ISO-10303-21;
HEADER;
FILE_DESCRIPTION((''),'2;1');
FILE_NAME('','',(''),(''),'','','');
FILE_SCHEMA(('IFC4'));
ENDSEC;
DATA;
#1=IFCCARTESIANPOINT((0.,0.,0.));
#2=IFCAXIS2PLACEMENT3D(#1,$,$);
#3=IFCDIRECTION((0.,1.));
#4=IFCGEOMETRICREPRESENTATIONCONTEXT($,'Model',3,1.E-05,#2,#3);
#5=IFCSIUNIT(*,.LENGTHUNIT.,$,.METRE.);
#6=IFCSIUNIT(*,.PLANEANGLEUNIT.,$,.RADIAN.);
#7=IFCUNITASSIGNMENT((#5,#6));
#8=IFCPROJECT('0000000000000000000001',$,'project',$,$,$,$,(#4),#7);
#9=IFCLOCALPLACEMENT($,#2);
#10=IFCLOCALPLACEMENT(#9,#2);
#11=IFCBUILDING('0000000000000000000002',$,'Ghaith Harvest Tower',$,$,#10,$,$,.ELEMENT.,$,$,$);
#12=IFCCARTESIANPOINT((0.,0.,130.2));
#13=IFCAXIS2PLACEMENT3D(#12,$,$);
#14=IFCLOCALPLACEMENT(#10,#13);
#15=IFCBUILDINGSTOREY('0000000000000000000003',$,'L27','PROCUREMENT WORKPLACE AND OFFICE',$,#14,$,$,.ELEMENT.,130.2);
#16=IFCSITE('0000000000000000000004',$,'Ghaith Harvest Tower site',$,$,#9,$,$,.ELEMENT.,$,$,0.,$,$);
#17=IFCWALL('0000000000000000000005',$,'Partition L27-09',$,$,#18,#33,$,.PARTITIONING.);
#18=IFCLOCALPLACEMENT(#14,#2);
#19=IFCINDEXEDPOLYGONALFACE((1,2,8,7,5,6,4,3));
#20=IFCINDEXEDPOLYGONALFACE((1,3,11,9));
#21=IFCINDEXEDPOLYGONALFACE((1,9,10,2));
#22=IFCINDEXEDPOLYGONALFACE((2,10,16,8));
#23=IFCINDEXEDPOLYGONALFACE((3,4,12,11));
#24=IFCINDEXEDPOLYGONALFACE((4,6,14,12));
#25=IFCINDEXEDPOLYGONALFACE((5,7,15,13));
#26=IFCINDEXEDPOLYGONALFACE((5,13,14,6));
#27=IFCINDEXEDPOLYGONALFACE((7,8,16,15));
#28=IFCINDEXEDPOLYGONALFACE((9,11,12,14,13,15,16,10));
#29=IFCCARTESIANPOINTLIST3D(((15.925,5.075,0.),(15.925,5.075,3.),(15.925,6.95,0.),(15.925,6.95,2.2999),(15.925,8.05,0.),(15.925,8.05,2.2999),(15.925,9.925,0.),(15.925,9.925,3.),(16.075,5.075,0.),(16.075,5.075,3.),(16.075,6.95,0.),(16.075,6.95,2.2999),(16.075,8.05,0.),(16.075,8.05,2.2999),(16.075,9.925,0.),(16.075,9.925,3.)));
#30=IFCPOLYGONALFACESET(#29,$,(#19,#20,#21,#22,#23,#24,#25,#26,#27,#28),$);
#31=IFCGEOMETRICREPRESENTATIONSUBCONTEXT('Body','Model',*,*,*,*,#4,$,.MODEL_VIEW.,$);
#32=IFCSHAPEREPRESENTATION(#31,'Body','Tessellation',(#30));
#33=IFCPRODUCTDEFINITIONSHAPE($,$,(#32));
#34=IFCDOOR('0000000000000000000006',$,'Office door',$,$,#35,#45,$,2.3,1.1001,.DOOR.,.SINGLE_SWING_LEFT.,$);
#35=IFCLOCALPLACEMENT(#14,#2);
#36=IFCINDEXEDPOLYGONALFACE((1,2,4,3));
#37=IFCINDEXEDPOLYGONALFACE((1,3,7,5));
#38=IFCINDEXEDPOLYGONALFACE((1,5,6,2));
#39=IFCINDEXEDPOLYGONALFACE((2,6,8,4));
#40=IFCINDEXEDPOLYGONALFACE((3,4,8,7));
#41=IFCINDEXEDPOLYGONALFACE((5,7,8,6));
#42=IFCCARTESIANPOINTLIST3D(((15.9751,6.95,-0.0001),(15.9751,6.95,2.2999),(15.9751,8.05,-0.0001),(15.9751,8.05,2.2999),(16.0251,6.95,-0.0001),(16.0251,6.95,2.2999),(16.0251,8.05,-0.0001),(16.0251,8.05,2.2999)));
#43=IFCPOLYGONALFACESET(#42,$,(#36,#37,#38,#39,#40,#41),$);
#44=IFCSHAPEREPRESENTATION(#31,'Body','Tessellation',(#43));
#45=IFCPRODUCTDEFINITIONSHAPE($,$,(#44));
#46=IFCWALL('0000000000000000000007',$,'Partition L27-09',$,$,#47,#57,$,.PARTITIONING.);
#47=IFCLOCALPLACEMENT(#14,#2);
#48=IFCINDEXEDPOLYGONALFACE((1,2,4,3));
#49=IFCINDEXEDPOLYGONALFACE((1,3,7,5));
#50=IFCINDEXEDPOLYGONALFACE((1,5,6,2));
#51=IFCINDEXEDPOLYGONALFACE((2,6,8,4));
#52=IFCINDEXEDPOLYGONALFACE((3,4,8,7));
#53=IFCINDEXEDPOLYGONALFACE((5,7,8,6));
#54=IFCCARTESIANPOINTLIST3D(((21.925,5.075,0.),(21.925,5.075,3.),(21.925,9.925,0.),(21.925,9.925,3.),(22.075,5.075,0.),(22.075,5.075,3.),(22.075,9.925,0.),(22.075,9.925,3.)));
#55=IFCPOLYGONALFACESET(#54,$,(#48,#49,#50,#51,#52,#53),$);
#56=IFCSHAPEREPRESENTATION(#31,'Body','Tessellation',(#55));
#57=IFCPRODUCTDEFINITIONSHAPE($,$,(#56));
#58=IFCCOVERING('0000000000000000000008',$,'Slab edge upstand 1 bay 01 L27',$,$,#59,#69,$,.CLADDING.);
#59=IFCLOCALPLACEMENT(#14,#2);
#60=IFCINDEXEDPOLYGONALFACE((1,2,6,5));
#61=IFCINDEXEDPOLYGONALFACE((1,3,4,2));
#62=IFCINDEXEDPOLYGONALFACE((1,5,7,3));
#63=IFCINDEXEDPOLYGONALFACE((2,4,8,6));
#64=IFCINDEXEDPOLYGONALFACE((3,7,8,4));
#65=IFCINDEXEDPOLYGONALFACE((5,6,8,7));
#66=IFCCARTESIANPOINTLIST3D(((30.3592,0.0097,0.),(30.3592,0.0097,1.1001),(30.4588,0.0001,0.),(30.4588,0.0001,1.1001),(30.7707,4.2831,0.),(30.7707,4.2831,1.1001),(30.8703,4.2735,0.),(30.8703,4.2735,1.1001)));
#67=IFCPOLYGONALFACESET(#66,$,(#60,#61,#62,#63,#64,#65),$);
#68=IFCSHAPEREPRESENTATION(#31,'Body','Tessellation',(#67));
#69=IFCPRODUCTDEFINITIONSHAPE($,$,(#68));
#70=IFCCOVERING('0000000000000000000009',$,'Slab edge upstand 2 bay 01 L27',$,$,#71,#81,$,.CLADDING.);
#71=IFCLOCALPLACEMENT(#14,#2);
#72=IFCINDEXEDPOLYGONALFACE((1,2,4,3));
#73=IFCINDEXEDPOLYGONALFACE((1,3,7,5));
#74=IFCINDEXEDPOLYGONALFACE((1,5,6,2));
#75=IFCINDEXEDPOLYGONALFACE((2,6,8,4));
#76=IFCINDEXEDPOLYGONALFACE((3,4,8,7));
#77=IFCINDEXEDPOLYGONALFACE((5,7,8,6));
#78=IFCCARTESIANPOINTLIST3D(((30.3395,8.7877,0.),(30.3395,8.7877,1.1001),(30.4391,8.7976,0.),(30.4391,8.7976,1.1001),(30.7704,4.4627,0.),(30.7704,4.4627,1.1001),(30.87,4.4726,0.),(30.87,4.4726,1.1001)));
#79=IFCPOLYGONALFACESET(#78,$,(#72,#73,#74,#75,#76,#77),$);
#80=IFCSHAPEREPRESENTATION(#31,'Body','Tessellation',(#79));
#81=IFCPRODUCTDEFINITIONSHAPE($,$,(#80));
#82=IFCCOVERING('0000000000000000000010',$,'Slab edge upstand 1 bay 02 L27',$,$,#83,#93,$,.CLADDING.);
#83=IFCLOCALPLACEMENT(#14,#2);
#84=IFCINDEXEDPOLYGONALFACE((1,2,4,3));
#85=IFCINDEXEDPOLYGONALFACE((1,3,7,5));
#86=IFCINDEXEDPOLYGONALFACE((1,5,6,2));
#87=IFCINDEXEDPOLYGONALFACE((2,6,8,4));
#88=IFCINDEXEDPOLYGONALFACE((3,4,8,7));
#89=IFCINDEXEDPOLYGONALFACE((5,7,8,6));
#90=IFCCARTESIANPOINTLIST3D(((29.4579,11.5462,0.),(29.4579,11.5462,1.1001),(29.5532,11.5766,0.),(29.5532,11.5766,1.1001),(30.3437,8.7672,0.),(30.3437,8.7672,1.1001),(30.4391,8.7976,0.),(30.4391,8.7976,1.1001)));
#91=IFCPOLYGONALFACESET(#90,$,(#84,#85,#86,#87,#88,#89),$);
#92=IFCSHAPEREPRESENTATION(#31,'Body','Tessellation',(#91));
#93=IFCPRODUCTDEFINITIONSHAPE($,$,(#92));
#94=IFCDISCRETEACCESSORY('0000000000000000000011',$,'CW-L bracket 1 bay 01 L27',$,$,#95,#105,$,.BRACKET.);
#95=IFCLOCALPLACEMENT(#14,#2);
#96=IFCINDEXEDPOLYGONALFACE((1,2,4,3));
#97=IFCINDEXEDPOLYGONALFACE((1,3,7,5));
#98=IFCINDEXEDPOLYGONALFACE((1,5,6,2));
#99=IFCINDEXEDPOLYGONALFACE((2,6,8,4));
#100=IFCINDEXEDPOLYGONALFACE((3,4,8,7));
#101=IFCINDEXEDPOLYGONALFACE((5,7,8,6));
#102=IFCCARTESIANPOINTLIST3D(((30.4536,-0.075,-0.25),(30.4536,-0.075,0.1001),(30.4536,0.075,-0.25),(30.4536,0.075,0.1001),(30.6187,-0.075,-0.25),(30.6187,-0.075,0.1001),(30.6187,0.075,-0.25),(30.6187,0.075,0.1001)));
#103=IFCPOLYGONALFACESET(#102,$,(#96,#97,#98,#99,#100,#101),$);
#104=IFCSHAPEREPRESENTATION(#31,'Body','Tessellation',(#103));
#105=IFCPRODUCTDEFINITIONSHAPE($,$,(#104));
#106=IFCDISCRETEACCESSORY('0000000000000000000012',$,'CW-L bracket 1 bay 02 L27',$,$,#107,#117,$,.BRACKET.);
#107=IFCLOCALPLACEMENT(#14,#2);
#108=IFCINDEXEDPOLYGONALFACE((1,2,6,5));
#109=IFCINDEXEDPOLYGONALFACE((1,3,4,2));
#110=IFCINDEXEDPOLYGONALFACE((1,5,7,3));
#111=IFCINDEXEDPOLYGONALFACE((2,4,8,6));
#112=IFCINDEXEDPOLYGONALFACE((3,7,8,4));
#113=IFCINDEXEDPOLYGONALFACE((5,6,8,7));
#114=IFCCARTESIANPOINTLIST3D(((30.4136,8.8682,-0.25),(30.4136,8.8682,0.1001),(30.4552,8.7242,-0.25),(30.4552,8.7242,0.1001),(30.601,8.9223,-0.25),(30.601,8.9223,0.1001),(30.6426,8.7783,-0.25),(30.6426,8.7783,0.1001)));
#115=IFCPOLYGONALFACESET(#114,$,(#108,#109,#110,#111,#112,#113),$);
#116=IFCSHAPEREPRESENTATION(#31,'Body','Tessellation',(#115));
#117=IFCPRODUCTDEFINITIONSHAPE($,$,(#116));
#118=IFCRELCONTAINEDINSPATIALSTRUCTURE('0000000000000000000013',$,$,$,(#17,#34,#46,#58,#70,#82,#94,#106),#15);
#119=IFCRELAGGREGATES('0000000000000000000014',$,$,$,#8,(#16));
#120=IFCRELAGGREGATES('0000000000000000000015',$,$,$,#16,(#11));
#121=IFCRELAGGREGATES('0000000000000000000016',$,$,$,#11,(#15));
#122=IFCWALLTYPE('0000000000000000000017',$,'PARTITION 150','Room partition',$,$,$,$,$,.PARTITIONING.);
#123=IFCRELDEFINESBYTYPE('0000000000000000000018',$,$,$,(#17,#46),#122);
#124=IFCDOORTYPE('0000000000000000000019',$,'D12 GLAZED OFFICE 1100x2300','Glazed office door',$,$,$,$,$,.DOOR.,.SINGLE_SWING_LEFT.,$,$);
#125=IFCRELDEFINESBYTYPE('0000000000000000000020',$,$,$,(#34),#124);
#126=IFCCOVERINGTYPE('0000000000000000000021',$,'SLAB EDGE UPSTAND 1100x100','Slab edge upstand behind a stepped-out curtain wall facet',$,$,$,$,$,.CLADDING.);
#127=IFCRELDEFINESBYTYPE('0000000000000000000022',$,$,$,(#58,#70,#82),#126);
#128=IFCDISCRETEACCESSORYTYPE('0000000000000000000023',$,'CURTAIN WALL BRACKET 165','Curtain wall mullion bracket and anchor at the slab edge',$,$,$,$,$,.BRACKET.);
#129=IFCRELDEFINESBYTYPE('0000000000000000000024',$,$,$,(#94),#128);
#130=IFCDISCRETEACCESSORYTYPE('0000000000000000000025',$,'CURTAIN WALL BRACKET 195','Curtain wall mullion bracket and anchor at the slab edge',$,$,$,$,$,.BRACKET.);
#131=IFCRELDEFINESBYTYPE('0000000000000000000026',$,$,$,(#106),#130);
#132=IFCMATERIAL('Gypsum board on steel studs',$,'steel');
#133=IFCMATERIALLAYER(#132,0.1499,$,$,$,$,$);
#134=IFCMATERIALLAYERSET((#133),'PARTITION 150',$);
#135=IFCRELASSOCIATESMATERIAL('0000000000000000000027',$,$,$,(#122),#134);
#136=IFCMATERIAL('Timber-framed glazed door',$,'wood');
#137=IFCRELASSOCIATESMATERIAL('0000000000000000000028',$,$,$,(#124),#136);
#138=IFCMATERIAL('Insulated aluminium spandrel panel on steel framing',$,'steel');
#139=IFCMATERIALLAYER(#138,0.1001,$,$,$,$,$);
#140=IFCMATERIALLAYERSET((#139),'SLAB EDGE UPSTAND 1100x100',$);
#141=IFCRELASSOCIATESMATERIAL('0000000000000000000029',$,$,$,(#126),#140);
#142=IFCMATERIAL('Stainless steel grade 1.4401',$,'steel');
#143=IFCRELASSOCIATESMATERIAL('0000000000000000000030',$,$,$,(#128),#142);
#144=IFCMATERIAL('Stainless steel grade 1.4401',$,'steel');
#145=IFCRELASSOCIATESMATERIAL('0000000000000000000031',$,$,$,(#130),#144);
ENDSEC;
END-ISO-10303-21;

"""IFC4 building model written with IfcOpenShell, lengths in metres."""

from ifc_helpers import new_model, si_unit, direction, frame, frame_2d, origin, origin_2d, place, context, subcontext, project, spatial, rectangle, extrude, material, layer, layer_set, type_object, element, fill, save


model = new_model("IFC4")

# Units and contexts
model_context = context("Model", 3, precision=1e-05, world=origin(), true_north=direction((0.0, 1.0)))
body_context = subcontext(model_context, "Body", "Model", "MODEL_VIEW")
ifc_project = project(units=[si_unit("LENGTHUNIT", "METRE"), si_unit("PLANEANGLEUNIT", "RADIAN")], contexts=[model_context])

# Site, building, storey
site_placement = place(None, origin())
site = spatial("IfcSite", under=ifc_project, at=site_placement, Name="Ghaith Harvest Tower site", CompositionType="ELEMENT", RefElevation=0.0)
building_placement = place(site_placement, origin())
building = spatial("IfcBuilding", under=site, at=building_placement, Name="Ghaith Harvest Tower", CompositionType="ELEMENT")
storey_placement = place(building_placement, frame((0.0, 0.0, 130.2)))
storey = spatial("IfcBuildingStorey", under=building, at=storey_placement, Name="L27", Description="PROCUREMENT WORKPLACE AND OFFICE", CompositionType="ELEMENT", Elevation=130.2)

# Shared definitions
ifc_material_1 = material(Name="Gypsum board on steel studs", Category="steel")
ifc_layer_1 = layer(ifc_material_1, 0.1499)
ifc_layer_set_1 = layer_set([ifc_layer_1], Name="PARTITION 150")
wall_type_1 = type_object("IfcWallType", Name="PARTITION 150", Description="Room partition", PredefinedType="PARTITIONING", material=ifc_layer_set_1)

# Shared definitions
ifc_material_2 = material(Name="Timber-framed glazed door", Category="wood")
door_type = type_object("IfcDoorType", Name="D12 GLAZED OFFICE 1100x2300", Description="Glazed office door", OperationType="SINGLE_SWING_LEFT", PredefinedType="DOOR", material=ifc_material_2)

# Wall, opening, door
wall_1_placement = place(storey_placement, frame((16.0, 5.075, 0.0), z_axis=(0.0, 0.0, 1.0), x_axis=(0.0, 1.0, 0.0)))
wall_1 = element("IfcWall", 1, at=wall_1_placement, inside=storey, type_object=wall_type_1, Name="Partition L27-09", PredefinedType="PARTITIONING", context=body_context, shape_type="SweptSolid", body=[
    extrude(rectangle(XDim=4.8501, YDim=0.1499, at=frame_2d((2.425, 0.0))), origin(), (0.0, 0.0, 1.0), 3.0),
])
opening_1_placement = place(wall_1_placement, frame((1.875, 0.0, 0.0)))
opening_1 = element("IfcOpeningElement", 2, at=opening_1_placement, cuts=wall_1, PredefinedType="OPENING", context=body_context, shape_type="SweptSolid", body=[
    extrude(rectangle(XDim=1.1001, YDim=2.3, at=frame_2d((0.55, 1.1499))), frame((0.0, 0.085, 0.0), z_axis=(0.0, -1.0, 0.0), x_axis=(1.0, 0.0, 0.0)), (0.0, 0.0, 1.0), 0.1699),
])
door_1_placement = place(opening_1_placement, origin())
door_1 = element("IfcDoor", 3, at=door_1_placement, inside=storey, type_object=door_type, Name="Office door", OperationType="SINGLE_SWING_LEFT", OverallHeight=2.3, OverallWidth=1.1001, PredefinedType="DOOR", context=body_context, shape_type="SweptSolid", body=[
    extrude(rectangle(XDim=1.1001, YDim=2.3, at=frame_2d((0.55, 1.1499))), frame((0.0, 0.0249, 0.0), z_axis=(0.0, -1.0, 0.0), x_axis=(1.0, 0.0, 0.0)), (0.0, 0.0, 1.0), 0.05),
])
fill(opening_1, door_1)

# Wall
wall_2_placement = place(storey_placement, frame((22.0, 5.075, 0.0), z_axis=(0.0, 0.0, 1.0), x_axis=(0.0, 1.0, 0.0)))
element("IfcWall", 4, at=wall_2_placement, inside=storey, type_object=wall_type_1, Name="Partition L27-09", PredefinedType="PARTITIONING", context=body_context, shape_type="SweptSolid", body=[
    extrude(rectangle(XDim=4.8501, YDim=0.1499, at=frame_2d((2.425, 0.0))), origin(), (0.0, 0.0, 1.0), 3.0),
])

# Coverings
ifc_material_3 = material(Name="Insulated aluminium spandrel panel on steel framing", Category="steel")
ifc_layer_2 = layer(ifc_material_3, 0.1001)
ifc_layer_set_2 = layer_set([ifc_layer_2], Name="SLAB EDGE UPSTAND 1100x100")
covering_type = type_object("IfcCoveringType", Name="SLAB EDGE UPSTAND 1100x100", Description="Slab edge upstand behind a stepped-out curtain wall facet", PredefinedType="CLADDING", material=ifc_layer_set_2)
covering_1_placement = place(storey_placement, frame((30.6147, 2.1416, 0.0), z_axis=(0.0, 0.0, 1.0), x_axis=(0.095861, 0.995395, 0.0)))
element("IfcCovering", 5, at=covering_1_placement, inside=storey, type_object=covering_type, Name="Slab edge upstand 1 bay 01 L27", PredefinedType="CLADDING", context=body_context, shape_type="SweptSolid", body=[
    extrude(rectangle(XDim=4.2932, YDim=0.1001, at=origin_2d()), origin(), (0.0, 0.0, 1.0), 1.1001),
])
covering_2_placement = place(storey_placement, frame((30.6047, 6.6301, 0.0), z_axis=(0.0, 0.0, 1.0), x_axis=(-0.099132, 0.995074, 0.0)))
element("IfcCovering", 6, at=covering_2_placement, inside=storey, type_object=covering_type, Name="Slab edge upstand 2 bay 01 L27", PredefinedType="CLADDING", context=body_context, shape_type="SweptSolid", body=[
    extrude(rectangle(XDim=4.3464, YDim=0.1001, at=origin_2d()), origin(), (0.0, 0.0, 1.0), 1.1001),
])
covering_3_placement = place(storey_placement, frame((29.9485, 10.1719, 0.0), z_axis=(0.0, 0.0, 1.0), x_axis=(-0.303717, 0.952762, 0.0)))
element("IfcCovering", 7, at=covering_3_placement, inside=storey, type_object=covering_type, Name="Slab edge upstand 1 bay 02 L27", PredefinedType="CLADDING", context=body_context, shape_type="SweptSolid", body=[
    extrude(rectangle(XDim=2.9167, YDim=0.1001, at=origin_2d()), origin(), (0.0, 0.0, 1.0), 1.1001),
])

# Discrete accessories
ifc_material_4 = material(Name="Stainless steel grade 1.4401", Category="steel")
discrete_accessory_type_1 = type_object("IfcDiscreteAccessoryType", Name="CURTAIN WALL BRACKET 165", Description="Curtain wall mullion bracket and anchor at the slab edge", PredefinedType="BRACKET", material=ifc_material_4)
discrete_accessory_1_placement = place(storey_placement, frame((30.5361, 0.0, -0.25), z_axis=(0.0, 0.0, 1.0), x_axis=(1.0, 0.0, 0.0)))
element("IfcDiscreteAccessory", 8, at=discrete_accessory_1_placement, inside=storey, type_object=discrete_accessory_type_1, Name="CW-L bracket 1 bay 01 L27", PredefinedType="BRACKET", context=body_context, shape_type="SweptSolid", body=[
    extrude(rectangle(XDim=0.165, YDim=0.1499, at=origin_2d()), origin(), (0.0, 0.0, 1.0), 0.3501),
])
ifc_material_5 = material(Name="Stainless steel grade 1.4401", Category="steel")
discrete_accessory_type_2 = type_object("IfcDiscreteAccessoryType", Name="CURTAIN WALL BRACKET 195", Description="Curtain wall mullion bracket and anchor at the slab edge", PredefinedType="BRACKET", material=ifc_material_5)
discrete_accessory_2_placement = place(storey_placement, frame((30.5281, 8.8232, -0.25), z_axis=(0.0, 0.0, 1.0), x_axis=(0.96068, 0.277657, 0.0)))
element("IfcDiscreteAccessory", 9, at=discrete_accessory_2_placement, inside=storey, type_object=discrete_accessory_type_2, Name="CW-L bracket 1 bay 02 L27", PredefinedType="BRACKET", context=body_context, shape_type="SweptSolid", body=[
    extrude(rectangle(XDim=0.1951, YDim=0.1499, at=origin_2d()), origin(), (0.0, 0.0, 1.0), 0.3501),
])

save(model, "model.ifc")
